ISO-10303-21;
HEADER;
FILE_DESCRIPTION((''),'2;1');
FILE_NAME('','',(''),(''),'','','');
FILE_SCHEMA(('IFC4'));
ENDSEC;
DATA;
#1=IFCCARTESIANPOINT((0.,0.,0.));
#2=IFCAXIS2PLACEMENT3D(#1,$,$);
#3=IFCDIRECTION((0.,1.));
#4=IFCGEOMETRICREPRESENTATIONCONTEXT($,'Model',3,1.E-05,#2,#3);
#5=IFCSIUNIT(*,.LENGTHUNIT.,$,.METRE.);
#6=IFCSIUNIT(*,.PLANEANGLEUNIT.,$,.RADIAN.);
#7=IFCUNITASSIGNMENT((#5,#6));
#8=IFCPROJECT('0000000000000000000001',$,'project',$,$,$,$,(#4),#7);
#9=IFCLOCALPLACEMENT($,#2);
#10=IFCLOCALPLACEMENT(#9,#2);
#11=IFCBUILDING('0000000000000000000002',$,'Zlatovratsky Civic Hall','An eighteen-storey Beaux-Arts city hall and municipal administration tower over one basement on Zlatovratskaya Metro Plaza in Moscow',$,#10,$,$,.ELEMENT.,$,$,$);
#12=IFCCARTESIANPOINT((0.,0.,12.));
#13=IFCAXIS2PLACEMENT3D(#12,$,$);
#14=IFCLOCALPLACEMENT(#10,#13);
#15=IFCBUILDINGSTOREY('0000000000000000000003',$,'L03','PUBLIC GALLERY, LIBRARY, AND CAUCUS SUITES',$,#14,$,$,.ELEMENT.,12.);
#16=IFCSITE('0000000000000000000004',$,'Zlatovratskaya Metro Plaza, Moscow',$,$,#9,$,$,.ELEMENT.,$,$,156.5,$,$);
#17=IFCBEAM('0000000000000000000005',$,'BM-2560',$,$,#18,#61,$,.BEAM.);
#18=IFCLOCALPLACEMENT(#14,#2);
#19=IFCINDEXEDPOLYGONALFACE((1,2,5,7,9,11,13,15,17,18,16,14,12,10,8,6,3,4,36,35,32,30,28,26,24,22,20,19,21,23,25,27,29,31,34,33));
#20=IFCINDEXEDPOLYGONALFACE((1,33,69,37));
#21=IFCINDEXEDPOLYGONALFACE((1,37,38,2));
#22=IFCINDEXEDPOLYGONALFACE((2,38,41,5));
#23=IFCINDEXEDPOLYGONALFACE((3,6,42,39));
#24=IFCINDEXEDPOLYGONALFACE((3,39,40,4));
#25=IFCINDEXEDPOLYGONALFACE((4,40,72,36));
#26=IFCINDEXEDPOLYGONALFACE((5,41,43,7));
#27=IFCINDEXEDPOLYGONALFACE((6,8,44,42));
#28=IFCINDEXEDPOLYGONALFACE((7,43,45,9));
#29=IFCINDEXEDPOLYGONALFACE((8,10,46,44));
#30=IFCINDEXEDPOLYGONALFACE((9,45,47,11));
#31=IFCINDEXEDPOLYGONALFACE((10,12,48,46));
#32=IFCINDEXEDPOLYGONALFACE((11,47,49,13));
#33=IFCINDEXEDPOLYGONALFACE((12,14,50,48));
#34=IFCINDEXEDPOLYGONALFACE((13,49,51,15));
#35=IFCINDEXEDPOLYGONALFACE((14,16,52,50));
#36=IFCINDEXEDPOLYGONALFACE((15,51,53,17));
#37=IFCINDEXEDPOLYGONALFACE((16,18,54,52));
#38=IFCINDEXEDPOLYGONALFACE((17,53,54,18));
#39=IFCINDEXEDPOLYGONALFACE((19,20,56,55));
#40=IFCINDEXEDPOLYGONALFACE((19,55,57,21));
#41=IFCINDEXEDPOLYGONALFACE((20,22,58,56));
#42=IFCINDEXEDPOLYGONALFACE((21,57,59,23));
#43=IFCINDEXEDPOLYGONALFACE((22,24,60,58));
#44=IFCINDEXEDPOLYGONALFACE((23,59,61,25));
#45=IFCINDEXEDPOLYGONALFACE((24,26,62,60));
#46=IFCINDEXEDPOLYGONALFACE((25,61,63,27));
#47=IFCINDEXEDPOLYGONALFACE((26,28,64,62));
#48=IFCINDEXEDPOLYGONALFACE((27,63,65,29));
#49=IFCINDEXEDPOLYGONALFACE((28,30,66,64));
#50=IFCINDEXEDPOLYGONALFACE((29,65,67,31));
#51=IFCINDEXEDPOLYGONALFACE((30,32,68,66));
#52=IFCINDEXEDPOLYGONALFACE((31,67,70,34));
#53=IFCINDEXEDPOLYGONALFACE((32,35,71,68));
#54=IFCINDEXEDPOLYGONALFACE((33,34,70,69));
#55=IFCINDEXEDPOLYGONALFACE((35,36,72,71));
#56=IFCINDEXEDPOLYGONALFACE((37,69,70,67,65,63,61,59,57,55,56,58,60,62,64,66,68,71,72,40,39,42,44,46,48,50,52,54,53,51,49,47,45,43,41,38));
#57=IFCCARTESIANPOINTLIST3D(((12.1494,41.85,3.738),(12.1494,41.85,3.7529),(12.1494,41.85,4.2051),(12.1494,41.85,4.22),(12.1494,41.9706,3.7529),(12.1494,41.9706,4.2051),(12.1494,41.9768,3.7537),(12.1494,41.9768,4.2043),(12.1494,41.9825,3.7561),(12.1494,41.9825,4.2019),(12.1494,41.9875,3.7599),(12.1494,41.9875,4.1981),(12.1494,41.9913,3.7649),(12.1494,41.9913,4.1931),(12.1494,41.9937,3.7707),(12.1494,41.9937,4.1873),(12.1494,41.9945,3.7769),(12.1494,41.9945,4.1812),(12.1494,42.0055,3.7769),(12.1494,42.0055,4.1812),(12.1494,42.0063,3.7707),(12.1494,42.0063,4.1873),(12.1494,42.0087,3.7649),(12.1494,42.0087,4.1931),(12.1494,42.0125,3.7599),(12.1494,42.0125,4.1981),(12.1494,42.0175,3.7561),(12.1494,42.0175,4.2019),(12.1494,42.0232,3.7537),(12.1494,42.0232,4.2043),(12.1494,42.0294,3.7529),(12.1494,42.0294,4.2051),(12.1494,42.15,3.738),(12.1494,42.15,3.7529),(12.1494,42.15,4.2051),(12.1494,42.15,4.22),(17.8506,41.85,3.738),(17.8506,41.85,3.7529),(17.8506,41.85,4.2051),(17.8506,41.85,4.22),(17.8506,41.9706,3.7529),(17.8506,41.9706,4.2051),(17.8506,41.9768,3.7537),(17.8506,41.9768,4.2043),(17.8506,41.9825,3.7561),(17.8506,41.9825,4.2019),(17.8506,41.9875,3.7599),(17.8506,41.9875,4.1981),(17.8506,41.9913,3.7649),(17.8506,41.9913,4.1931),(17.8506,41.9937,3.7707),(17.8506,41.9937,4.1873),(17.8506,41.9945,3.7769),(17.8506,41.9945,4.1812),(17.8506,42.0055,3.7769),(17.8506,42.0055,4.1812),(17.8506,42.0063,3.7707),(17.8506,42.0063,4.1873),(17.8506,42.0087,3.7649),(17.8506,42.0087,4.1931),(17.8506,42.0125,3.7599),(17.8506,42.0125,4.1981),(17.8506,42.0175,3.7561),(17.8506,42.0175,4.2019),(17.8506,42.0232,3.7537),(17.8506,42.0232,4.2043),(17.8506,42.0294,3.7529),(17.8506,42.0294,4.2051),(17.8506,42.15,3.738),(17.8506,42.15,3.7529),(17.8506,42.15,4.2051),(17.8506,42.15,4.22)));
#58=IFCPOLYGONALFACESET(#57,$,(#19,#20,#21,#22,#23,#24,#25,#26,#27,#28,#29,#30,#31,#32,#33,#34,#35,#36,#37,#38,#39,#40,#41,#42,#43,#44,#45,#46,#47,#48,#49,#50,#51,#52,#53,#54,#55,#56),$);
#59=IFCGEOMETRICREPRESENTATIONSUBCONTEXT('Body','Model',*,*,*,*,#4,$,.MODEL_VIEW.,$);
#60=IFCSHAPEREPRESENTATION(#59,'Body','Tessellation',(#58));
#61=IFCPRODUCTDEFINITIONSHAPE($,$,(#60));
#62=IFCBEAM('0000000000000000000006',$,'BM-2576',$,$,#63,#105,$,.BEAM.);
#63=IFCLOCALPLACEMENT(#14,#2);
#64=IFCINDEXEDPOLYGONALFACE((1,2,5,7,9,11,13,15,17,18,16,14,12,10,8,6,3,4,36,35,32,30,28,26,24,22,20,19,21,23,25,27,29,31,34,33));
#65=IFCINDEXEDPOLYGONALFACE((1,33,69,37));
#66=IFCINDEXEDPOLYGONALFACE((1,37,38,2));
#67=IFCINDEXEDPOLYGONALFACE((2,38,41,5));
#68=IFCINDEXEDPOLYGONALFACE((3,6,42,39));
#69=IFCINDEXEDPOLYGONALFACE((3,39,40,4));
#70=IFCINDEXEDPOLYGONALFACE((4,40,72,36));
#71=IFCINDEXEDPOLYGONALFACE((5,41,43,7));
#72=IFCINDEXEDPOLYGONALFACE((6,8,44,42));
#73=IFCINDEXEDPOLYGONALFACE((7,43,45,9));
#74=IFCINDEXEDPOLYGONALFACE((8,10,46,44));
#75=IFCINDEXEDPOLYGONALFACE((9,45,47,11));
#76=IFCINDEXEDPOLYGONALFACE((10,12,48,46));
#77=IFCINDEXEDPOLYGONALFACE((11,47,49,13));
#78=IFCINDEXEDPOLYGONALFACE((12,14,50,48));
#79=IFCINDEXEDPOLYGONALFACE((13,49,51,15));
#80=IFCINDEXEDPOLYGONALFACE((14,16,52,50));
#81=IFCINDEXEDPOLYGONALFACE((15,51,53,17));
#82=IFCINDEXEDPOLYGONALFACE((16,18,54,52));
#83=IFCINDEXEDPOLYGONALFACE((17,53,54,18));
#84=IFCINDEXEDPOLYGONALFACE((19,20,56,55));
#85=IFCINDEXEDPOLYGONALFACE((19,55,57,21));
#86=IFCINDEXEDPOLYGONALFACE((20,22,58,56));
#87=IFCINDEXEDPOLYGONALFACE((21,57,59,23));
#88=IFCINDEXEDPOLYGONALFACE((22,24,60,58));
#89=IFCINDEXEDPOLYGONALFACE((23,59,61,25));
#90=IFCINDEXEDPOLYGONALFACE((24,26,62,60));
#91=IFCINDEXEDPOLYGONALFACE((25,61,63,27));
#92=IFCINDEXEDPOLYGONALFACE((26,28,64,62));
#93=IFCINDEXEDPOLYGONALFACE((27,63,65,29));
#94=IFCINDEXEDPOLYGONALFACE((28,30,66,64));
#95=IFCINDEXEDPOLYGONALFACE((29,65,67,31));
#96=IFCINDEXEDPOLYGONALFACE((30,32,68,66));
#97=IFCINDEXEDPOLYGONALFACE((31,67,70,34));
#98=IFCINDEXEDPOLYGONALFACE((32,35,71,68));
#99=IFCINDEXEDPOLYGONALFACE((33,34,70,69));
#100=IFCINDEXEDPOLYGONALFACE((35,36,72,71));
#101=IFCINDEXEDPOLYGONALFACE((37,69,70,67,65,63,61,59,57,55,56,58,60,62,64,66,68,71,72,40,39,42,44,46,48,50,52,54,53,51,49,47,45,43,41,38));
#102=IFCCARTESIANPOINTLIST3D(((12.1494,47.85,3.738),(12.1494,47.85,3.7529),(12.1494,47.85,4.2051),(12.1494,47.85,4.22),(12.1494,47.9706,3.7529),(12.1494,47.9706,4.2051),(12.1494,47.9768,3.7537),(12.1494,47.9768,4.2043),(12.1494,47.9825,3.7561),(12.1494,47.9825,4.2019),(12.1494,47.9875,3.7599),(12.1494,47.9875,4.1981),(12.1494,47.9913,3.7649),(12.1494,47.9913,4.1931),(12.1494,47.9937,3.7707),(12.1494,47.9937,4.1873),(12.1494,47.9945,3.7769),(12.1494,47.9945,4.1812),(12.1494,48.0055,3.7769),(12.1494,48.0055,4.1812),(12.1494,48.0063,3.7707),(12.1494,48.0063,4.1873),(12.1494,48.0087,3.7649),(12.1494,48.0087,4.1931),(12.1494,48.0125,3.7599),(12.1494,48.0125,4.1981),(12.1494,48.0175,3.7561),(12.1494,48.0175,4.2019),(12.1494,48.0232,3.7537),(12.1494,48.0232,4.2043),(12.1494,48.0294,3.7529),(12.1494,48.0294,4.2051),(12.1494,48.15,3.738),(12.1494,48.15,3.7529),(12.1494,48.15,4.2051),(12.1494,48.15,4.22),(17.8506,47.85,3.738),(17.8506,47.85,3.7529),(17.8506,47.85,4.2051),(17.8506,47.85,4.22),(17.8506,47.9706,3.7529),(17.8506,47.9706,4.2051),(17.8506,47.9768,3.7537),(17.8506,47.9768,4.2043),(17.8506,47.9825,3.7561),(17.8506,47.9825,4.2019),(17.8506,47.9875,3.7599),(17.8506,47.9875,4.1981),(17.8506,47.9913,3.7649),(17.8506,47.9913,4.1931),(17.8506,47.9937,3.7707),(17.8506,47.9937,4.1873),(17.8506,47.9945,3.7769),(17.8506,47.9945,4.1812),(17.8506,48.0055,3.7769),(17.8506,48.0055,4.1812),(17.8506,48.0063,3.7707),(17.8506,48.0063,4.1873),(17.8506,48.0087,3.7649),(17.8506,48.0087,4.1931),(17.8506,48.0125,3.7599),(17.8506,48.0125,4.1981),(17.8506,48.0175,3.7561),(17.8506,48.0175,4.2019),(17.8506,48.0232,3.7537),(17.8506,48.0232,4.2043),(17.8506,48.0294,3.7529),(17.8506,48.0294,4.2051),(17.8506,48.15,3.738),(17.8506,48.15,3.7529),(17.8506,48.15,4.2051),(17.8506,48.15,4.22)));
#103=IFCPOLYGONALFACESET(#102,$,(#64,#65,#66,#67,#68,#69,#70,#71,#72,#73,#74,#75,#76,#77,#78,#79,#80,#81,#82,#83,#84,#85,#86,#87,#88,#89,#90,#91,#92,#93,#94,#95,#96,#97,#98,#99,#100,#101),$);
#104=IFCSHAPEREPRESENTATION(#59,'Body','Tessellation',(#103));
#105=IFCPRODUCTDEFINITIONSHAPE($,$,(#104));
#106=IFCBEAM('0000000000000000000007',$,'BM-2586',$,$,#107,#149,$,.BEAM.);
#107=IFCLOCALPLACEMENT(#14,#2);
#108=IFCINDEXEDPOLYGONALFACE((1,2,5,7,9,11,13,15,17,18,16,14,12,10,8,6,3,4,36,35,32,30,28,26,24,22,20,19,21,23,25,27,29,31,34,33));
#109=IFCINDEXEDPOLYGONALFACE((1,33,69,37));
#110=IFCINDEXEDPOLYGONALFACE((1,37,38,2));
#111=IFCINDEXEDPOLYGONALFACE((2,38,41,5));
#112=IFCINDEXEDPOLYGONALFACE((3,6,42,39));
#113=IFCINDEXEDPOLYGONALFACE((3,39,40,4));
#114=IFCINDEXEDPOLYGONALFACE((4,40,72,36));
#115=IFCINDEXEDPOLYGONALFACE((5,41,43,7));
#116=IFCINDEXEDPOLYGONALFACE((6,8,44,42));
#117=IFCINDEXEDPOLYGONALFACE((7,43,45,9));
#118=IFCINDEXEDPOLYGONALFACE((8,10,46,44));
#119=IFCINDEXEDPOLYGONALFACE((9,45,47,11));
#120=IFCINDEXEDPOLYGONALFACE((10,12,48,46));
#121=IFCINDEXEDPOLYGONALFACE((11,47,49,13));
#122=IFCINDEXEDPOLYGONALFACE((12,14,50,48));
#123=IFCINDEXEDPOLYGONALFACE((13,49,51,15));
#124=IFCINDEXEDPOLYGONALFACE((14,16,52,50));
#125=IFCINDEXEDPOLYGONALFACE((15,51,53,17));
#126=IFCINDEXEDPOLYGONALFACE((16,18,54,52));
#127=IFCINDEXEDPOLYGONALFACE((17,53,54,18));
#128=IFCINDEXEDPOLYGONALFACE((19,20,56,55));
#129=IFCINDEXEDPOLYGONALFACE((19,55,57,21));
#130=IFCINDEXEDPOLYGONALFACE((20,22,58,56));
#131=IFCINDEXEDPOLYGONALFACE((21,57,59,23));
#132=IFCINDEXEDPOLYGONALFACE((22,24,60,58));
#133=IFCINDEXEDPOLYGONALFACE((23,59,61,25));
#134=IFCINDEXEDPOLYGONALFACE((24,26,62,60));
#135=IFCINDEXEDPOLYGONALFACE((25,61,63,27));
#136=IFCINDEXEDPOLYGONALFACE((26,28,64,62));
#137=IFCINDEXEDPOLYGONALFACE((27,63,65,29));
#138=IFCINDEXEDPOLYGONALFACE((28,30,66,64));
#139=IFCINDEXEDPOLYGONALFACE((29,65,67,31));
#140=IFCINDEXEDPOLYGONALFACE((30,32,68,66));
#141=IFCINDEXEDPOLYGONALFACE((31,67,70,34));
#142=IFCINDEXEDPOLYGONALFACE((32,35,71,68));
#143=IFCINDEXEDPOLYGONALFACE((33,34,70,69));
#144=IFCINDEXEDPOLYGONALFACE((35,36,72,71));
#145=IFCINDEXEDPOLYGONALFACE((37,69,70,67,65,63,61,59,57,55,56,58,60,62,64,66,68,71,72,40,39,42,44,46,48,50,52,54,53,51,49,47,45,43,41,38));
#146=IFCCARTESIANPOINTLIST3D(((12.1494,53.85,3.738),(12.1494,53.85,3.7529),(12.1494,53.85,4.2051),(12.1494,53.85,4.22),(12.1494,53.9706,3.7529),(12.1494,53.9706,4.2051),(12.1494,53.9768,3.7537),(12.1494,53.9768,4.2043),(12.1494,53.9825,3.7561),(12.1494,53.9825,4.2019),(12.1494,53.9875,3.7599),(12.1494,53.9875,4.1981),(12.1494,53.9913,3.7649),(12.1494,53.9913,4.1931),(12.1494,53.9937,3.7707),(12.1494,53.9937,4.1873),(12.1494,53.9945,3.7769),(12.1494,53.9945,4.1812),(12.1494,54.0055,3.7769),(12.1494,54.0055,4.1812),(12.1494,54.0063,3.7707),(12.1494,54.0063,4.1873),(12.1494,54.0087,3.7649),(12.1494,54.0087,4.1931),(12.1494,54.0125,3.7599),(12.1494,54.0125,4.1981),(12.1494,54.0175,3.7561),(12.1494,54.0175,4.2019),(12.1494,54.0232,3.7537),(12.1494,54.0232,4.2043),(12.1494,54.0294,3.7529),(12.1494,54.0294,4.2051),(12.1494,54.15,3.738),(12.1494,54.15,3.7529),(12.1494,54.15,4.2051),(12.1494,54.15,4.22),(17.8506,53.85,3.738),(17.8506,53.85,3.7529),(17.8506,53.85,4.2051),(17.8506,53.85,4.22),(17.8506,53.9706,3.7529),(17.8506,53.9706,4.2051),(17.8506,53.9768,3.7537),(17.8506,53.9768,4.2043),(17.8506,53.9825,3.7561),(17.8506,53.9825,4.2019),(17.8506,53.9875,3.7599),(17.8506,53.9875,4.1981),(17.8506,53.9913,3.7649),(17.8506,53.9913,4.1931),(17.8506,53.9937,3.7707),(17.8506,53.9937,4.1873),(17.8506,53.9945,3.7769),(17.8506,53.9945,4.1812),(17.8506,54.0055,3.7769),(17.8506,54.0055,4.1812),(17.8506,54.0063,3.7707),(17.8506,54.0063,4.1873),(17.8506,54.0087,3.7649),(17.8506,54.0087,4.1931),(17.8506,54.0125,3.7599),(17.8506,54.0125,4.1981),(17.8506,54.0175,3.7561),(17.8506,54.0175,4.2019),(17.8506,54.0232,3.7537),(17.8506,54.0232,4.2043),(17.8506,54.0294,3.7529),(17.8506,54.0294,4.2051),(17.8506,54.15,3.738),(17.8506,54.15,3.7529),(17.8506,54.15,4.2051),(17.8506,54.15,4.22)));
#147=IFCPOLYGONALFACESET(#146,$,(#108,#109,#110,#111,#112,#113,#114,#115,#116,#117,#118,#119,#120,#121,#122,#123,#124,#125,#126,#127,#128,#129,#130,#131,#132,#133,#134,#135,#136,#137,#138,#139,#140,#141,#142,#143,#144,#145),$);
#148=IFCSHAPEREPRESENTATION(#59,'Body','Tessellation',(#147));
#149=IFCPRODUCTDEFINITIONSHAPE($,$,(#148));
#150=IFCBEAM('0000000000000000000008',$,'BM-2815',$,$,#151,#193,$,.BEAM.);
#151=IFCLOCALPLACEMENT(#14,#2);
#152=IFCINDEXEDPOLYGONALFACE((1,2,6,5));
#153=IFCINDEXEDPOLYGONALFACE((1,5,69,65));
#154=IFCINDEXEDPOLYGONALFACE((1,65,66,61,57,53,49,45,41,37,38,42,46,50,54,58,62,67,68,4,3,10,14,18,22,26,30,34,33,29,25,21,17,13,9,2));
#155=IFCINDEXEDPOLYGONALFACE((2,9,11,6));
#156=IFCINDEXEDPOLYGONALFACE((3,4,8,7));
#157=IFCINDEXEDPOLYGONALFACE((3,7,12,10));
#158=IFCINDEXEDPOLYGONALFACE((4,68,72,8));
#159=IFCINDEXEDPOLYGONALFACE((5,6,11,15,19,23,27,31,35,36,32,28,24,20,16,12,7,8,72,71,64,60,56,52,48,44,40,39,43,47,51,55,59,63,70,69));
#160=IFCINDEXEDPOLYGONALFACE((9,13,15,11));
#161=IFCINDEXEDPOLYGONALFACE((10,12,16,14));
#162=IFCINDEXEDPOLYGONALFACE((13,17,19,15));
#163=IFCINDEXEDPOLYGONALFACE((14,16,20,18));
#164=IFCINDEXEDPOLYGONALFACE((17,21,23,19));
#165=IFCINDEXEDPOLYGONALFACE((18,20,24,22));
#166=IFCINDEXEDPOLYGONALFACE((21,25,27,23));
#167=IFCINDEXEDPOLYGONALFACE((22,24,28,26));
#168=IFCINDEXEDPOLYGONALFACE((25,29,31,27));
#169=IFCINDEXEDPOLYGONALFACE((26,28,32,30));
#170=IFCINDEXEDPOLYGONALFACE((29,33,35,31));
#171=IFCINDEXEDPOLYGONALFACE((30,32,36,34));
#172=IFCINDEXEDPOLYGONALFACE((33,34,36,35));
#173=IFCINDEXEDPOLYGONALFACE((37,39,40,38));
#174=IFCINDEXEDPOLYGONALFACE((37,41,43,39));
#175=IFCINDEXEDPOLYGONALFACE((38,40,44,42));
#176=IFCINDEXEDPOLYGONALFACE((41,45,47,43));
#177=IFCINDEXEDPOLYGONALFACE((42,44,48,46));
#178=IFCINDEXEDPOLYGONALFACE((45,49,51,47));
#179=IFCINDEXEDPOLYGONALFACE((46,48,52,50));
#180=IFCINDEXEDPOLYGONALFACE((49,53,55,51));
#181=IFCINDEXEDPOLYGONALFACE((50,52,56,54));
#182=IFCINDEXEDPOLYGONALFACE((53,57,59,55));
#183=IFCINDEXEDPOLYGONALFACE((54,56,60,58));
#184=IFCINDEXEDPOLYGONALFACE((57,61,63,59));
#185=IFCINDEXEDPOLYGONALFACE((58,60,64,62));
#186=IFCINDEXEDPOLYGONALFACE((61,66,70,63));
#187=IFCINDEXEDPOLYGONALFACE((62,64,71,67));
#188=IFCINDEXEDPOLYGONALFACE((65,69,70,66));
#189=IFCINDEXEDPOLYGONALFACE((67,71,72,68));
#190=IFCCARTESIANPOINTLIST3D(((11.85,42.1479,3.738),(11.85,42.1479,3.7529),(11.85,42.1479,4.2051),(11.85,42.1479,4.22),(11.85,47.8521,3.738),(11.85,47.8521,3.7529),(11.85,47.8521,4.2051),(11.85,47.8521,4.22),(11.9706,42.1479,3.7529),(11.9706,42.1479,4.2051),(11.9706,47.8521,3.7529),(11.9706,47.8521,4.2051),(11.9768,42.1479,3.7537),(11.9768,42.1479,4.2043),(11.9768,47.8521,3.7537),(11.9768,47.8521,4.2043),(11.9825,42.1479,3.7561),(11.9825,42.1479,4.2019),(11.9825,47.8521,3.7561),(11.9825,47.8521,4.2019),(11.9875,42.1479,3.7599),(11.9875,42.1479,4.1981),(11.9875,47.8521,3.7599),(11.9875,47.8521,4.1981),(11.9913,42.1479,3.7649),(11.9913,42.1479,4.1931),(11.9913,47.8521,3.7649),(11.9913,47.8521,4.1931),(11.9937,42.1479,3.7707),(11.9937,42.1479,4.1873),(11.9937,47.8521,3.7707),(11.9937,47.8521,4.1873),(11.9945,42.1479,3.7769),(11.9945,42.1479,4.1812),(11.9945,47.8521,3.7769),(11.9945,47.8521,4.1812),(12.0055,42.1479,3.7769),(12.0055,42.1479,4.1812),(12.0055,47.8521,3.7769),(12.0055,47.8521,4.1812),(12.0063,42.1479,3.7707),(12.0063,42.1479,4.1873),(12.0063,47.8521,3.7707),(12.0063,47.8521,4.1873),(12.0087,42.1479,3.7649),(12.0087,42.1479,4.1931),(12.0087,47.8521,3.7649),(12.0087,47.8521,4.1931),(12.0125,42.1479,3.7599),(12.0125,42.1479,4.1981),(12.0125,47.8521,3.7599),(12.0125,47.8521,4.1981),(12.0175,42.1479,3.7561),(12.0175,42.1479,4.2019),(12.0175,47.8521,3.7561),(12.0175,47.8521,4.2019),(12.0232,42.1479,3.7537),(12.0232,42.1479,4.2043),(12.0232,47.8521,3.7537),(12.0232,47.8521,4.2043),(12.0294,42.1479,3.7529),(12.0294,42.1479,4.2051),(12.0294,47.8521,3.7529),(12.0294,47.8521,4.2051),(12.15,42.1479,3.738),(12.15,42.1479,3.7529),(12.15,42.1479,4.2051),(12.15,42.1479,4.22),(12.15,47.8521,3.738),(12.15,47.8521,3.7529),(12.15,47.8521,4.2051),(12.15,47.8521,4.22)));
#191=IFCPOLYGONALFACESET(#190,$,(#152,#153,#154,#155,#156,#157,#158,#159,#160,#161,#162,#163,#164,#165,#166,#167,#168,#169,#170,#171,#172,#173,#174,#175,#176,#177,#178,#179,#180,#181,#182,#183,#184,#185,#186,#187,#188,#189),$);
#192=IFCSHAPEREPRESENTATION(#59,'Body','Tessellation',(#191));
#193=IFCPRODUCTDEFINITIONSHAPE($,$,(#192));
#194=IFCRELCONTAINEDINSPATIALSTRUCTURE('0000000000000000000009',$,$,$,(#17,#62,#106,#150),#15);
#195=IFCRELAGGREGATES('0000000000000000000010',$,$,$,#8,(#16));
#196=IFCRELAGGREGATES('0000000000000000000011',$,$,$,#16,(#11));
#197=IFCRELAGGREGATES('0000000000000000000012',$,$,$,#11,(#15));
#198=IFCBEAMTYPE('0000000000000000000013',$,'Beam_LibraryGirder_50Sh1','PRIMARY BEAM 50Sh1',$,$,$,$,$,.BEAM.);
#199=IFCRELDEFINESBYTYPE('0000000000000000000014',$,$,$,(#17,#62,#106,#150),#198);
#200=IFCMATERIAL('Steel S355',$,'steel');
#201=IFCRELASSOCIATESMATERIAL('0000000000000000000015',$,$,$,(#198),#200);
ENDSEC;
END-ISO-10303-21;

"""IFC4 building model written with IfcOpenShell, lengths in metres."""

from ifc_helpers import new_model, si_unit, direction, frame, origin, origin_2d, place, context, subcontext, project, spatial, i_section, extrude, material, material_profile, profile_set, type_object, element, save


model = new_model("IFC4")

# Units and contexts
model_context = context("Model", 3, precision=1e-05, world=origin(), true_north=direction((0.0, 1.0)))
body_context = subcontext(model_context, "Body", "Model", "MODEL_VIEW")
ifc_project = project(units=[si_unit("LENGTHUNIT", "METRE"), si_unit("PLANEANGLEUNIT", "RADIAN")], contexts=[model_context])

# Site, building, storey
site_placement = place(None, origin())
site = spatial("IfcSite", under=ifc_project, at=site_placement, Name="Zlatovratskaya Metro Plaza, Moscow", CompositionType="ELEMENT", RefElevation=156.5)
building_placement = place(site_placement, origin())
building = spatial("IfcBuilding", under=site, at=building_placement, Name="Zlatovratsky Civic Hall", Description="An eighteen-storey Beaux-Arts city hall and municipal administration tower over one basement on Zlatovratskaya Metro Plaza in Moscow", CompositionType="ELEMENT")
storey_placement = place(building_placement, frame((0.0, 0.0, 12.0)))
storey = spatial("IfcBuildingStorey", under=building, at=storey_placement, Name="L03", Description="PUBLIC GALLERY, LIBRARY, AND CAUCUS SUITES", CompositionType="ELEMENT", Elevation=12.0)

# Shared definitions
ifc_material_1 = material(Name="Steel S355", Category="steel")

# Beams
ifc_material_profile_1 = material_profile(ifc_material_1, i_section(OverallWidth=0.3, OverallDepth=0.4819, WebThickness=0.011, FlangeThickness=0.0149, FilletRadius=0.0239, at=origin_2d()), Name="50Sh1")
ifc_profile_set_1 = profile_set([ifc_material_profile_1], Name="Steel S355")
beam_type_1 = type_object("IfcBeamType", Name="Beam_LibraryGirder_50Sh1", Description="PRIMARY BEAM 50Sh1", PredefinedType="BEAM", material=ifc_profile_set_1)
for number, where, z_axis, x_axis, name in (
    (1, (12.1494, 42.0, 3.979), (1.0, 0.0, 0.0), (0.0, 1.0, 0.0), "BM-2560"),
    (2, (12.1494, 48.0, 3.979), (1.0, 0.0, 0.0), (0.0, 1.0, 0.0), "BM-2576"),
    (3, (12.1494, 54.0, 3.979), (1.0, 0.0, 0.0), (0.0, 1.0, 0.0), "BM-2586"),
):
    element("IfcBeam", number, at=place(storey_placement, frame(where, z_axis=z_axis, x_axis=x_axis)), inside=storey, type_object=beam_type_1, Name=name, PredefinedType="BEAM", context=body_context, shape_type="SweptSolid", body=[
        extrude(i_section(OverallWidth=0.3, OverallDepth=0.4819, WebThickness=0.011, FlangeThickness=0.0149, FilletRadius=0.0239, at=origin_2d()), origin(), (0.0, 0.0, 1.0), 5.7012),
    ])
for number, where, z_axis, x_axis, name in (
    (4, (12.0, 42.1479, 3.979), (0.0, 1.0, 0.0), (-1.0, 0.0, 0.0), "BM-2815"),
):
    element("IfcBeam", number, at=place(storey_placement, frame(where, z_axis=z_axis, x_axis=x_axis)), inside=storey, type_object=beam_type_1, Name=name, PredefinedType="BEAM", context=body_context, shape_type="SweptSolid", body=[
        extrude(i_section(OverallWidth=0.3, OverallDepth=0.4819, WebThickness=0.011, FlangeThickness=0.0149, FilletRadius=0.0239, at=origin_2d()), origin(), (0.0, 0.0, 1.0), 5.7041),
    ])

save(model, "model.ifc")
